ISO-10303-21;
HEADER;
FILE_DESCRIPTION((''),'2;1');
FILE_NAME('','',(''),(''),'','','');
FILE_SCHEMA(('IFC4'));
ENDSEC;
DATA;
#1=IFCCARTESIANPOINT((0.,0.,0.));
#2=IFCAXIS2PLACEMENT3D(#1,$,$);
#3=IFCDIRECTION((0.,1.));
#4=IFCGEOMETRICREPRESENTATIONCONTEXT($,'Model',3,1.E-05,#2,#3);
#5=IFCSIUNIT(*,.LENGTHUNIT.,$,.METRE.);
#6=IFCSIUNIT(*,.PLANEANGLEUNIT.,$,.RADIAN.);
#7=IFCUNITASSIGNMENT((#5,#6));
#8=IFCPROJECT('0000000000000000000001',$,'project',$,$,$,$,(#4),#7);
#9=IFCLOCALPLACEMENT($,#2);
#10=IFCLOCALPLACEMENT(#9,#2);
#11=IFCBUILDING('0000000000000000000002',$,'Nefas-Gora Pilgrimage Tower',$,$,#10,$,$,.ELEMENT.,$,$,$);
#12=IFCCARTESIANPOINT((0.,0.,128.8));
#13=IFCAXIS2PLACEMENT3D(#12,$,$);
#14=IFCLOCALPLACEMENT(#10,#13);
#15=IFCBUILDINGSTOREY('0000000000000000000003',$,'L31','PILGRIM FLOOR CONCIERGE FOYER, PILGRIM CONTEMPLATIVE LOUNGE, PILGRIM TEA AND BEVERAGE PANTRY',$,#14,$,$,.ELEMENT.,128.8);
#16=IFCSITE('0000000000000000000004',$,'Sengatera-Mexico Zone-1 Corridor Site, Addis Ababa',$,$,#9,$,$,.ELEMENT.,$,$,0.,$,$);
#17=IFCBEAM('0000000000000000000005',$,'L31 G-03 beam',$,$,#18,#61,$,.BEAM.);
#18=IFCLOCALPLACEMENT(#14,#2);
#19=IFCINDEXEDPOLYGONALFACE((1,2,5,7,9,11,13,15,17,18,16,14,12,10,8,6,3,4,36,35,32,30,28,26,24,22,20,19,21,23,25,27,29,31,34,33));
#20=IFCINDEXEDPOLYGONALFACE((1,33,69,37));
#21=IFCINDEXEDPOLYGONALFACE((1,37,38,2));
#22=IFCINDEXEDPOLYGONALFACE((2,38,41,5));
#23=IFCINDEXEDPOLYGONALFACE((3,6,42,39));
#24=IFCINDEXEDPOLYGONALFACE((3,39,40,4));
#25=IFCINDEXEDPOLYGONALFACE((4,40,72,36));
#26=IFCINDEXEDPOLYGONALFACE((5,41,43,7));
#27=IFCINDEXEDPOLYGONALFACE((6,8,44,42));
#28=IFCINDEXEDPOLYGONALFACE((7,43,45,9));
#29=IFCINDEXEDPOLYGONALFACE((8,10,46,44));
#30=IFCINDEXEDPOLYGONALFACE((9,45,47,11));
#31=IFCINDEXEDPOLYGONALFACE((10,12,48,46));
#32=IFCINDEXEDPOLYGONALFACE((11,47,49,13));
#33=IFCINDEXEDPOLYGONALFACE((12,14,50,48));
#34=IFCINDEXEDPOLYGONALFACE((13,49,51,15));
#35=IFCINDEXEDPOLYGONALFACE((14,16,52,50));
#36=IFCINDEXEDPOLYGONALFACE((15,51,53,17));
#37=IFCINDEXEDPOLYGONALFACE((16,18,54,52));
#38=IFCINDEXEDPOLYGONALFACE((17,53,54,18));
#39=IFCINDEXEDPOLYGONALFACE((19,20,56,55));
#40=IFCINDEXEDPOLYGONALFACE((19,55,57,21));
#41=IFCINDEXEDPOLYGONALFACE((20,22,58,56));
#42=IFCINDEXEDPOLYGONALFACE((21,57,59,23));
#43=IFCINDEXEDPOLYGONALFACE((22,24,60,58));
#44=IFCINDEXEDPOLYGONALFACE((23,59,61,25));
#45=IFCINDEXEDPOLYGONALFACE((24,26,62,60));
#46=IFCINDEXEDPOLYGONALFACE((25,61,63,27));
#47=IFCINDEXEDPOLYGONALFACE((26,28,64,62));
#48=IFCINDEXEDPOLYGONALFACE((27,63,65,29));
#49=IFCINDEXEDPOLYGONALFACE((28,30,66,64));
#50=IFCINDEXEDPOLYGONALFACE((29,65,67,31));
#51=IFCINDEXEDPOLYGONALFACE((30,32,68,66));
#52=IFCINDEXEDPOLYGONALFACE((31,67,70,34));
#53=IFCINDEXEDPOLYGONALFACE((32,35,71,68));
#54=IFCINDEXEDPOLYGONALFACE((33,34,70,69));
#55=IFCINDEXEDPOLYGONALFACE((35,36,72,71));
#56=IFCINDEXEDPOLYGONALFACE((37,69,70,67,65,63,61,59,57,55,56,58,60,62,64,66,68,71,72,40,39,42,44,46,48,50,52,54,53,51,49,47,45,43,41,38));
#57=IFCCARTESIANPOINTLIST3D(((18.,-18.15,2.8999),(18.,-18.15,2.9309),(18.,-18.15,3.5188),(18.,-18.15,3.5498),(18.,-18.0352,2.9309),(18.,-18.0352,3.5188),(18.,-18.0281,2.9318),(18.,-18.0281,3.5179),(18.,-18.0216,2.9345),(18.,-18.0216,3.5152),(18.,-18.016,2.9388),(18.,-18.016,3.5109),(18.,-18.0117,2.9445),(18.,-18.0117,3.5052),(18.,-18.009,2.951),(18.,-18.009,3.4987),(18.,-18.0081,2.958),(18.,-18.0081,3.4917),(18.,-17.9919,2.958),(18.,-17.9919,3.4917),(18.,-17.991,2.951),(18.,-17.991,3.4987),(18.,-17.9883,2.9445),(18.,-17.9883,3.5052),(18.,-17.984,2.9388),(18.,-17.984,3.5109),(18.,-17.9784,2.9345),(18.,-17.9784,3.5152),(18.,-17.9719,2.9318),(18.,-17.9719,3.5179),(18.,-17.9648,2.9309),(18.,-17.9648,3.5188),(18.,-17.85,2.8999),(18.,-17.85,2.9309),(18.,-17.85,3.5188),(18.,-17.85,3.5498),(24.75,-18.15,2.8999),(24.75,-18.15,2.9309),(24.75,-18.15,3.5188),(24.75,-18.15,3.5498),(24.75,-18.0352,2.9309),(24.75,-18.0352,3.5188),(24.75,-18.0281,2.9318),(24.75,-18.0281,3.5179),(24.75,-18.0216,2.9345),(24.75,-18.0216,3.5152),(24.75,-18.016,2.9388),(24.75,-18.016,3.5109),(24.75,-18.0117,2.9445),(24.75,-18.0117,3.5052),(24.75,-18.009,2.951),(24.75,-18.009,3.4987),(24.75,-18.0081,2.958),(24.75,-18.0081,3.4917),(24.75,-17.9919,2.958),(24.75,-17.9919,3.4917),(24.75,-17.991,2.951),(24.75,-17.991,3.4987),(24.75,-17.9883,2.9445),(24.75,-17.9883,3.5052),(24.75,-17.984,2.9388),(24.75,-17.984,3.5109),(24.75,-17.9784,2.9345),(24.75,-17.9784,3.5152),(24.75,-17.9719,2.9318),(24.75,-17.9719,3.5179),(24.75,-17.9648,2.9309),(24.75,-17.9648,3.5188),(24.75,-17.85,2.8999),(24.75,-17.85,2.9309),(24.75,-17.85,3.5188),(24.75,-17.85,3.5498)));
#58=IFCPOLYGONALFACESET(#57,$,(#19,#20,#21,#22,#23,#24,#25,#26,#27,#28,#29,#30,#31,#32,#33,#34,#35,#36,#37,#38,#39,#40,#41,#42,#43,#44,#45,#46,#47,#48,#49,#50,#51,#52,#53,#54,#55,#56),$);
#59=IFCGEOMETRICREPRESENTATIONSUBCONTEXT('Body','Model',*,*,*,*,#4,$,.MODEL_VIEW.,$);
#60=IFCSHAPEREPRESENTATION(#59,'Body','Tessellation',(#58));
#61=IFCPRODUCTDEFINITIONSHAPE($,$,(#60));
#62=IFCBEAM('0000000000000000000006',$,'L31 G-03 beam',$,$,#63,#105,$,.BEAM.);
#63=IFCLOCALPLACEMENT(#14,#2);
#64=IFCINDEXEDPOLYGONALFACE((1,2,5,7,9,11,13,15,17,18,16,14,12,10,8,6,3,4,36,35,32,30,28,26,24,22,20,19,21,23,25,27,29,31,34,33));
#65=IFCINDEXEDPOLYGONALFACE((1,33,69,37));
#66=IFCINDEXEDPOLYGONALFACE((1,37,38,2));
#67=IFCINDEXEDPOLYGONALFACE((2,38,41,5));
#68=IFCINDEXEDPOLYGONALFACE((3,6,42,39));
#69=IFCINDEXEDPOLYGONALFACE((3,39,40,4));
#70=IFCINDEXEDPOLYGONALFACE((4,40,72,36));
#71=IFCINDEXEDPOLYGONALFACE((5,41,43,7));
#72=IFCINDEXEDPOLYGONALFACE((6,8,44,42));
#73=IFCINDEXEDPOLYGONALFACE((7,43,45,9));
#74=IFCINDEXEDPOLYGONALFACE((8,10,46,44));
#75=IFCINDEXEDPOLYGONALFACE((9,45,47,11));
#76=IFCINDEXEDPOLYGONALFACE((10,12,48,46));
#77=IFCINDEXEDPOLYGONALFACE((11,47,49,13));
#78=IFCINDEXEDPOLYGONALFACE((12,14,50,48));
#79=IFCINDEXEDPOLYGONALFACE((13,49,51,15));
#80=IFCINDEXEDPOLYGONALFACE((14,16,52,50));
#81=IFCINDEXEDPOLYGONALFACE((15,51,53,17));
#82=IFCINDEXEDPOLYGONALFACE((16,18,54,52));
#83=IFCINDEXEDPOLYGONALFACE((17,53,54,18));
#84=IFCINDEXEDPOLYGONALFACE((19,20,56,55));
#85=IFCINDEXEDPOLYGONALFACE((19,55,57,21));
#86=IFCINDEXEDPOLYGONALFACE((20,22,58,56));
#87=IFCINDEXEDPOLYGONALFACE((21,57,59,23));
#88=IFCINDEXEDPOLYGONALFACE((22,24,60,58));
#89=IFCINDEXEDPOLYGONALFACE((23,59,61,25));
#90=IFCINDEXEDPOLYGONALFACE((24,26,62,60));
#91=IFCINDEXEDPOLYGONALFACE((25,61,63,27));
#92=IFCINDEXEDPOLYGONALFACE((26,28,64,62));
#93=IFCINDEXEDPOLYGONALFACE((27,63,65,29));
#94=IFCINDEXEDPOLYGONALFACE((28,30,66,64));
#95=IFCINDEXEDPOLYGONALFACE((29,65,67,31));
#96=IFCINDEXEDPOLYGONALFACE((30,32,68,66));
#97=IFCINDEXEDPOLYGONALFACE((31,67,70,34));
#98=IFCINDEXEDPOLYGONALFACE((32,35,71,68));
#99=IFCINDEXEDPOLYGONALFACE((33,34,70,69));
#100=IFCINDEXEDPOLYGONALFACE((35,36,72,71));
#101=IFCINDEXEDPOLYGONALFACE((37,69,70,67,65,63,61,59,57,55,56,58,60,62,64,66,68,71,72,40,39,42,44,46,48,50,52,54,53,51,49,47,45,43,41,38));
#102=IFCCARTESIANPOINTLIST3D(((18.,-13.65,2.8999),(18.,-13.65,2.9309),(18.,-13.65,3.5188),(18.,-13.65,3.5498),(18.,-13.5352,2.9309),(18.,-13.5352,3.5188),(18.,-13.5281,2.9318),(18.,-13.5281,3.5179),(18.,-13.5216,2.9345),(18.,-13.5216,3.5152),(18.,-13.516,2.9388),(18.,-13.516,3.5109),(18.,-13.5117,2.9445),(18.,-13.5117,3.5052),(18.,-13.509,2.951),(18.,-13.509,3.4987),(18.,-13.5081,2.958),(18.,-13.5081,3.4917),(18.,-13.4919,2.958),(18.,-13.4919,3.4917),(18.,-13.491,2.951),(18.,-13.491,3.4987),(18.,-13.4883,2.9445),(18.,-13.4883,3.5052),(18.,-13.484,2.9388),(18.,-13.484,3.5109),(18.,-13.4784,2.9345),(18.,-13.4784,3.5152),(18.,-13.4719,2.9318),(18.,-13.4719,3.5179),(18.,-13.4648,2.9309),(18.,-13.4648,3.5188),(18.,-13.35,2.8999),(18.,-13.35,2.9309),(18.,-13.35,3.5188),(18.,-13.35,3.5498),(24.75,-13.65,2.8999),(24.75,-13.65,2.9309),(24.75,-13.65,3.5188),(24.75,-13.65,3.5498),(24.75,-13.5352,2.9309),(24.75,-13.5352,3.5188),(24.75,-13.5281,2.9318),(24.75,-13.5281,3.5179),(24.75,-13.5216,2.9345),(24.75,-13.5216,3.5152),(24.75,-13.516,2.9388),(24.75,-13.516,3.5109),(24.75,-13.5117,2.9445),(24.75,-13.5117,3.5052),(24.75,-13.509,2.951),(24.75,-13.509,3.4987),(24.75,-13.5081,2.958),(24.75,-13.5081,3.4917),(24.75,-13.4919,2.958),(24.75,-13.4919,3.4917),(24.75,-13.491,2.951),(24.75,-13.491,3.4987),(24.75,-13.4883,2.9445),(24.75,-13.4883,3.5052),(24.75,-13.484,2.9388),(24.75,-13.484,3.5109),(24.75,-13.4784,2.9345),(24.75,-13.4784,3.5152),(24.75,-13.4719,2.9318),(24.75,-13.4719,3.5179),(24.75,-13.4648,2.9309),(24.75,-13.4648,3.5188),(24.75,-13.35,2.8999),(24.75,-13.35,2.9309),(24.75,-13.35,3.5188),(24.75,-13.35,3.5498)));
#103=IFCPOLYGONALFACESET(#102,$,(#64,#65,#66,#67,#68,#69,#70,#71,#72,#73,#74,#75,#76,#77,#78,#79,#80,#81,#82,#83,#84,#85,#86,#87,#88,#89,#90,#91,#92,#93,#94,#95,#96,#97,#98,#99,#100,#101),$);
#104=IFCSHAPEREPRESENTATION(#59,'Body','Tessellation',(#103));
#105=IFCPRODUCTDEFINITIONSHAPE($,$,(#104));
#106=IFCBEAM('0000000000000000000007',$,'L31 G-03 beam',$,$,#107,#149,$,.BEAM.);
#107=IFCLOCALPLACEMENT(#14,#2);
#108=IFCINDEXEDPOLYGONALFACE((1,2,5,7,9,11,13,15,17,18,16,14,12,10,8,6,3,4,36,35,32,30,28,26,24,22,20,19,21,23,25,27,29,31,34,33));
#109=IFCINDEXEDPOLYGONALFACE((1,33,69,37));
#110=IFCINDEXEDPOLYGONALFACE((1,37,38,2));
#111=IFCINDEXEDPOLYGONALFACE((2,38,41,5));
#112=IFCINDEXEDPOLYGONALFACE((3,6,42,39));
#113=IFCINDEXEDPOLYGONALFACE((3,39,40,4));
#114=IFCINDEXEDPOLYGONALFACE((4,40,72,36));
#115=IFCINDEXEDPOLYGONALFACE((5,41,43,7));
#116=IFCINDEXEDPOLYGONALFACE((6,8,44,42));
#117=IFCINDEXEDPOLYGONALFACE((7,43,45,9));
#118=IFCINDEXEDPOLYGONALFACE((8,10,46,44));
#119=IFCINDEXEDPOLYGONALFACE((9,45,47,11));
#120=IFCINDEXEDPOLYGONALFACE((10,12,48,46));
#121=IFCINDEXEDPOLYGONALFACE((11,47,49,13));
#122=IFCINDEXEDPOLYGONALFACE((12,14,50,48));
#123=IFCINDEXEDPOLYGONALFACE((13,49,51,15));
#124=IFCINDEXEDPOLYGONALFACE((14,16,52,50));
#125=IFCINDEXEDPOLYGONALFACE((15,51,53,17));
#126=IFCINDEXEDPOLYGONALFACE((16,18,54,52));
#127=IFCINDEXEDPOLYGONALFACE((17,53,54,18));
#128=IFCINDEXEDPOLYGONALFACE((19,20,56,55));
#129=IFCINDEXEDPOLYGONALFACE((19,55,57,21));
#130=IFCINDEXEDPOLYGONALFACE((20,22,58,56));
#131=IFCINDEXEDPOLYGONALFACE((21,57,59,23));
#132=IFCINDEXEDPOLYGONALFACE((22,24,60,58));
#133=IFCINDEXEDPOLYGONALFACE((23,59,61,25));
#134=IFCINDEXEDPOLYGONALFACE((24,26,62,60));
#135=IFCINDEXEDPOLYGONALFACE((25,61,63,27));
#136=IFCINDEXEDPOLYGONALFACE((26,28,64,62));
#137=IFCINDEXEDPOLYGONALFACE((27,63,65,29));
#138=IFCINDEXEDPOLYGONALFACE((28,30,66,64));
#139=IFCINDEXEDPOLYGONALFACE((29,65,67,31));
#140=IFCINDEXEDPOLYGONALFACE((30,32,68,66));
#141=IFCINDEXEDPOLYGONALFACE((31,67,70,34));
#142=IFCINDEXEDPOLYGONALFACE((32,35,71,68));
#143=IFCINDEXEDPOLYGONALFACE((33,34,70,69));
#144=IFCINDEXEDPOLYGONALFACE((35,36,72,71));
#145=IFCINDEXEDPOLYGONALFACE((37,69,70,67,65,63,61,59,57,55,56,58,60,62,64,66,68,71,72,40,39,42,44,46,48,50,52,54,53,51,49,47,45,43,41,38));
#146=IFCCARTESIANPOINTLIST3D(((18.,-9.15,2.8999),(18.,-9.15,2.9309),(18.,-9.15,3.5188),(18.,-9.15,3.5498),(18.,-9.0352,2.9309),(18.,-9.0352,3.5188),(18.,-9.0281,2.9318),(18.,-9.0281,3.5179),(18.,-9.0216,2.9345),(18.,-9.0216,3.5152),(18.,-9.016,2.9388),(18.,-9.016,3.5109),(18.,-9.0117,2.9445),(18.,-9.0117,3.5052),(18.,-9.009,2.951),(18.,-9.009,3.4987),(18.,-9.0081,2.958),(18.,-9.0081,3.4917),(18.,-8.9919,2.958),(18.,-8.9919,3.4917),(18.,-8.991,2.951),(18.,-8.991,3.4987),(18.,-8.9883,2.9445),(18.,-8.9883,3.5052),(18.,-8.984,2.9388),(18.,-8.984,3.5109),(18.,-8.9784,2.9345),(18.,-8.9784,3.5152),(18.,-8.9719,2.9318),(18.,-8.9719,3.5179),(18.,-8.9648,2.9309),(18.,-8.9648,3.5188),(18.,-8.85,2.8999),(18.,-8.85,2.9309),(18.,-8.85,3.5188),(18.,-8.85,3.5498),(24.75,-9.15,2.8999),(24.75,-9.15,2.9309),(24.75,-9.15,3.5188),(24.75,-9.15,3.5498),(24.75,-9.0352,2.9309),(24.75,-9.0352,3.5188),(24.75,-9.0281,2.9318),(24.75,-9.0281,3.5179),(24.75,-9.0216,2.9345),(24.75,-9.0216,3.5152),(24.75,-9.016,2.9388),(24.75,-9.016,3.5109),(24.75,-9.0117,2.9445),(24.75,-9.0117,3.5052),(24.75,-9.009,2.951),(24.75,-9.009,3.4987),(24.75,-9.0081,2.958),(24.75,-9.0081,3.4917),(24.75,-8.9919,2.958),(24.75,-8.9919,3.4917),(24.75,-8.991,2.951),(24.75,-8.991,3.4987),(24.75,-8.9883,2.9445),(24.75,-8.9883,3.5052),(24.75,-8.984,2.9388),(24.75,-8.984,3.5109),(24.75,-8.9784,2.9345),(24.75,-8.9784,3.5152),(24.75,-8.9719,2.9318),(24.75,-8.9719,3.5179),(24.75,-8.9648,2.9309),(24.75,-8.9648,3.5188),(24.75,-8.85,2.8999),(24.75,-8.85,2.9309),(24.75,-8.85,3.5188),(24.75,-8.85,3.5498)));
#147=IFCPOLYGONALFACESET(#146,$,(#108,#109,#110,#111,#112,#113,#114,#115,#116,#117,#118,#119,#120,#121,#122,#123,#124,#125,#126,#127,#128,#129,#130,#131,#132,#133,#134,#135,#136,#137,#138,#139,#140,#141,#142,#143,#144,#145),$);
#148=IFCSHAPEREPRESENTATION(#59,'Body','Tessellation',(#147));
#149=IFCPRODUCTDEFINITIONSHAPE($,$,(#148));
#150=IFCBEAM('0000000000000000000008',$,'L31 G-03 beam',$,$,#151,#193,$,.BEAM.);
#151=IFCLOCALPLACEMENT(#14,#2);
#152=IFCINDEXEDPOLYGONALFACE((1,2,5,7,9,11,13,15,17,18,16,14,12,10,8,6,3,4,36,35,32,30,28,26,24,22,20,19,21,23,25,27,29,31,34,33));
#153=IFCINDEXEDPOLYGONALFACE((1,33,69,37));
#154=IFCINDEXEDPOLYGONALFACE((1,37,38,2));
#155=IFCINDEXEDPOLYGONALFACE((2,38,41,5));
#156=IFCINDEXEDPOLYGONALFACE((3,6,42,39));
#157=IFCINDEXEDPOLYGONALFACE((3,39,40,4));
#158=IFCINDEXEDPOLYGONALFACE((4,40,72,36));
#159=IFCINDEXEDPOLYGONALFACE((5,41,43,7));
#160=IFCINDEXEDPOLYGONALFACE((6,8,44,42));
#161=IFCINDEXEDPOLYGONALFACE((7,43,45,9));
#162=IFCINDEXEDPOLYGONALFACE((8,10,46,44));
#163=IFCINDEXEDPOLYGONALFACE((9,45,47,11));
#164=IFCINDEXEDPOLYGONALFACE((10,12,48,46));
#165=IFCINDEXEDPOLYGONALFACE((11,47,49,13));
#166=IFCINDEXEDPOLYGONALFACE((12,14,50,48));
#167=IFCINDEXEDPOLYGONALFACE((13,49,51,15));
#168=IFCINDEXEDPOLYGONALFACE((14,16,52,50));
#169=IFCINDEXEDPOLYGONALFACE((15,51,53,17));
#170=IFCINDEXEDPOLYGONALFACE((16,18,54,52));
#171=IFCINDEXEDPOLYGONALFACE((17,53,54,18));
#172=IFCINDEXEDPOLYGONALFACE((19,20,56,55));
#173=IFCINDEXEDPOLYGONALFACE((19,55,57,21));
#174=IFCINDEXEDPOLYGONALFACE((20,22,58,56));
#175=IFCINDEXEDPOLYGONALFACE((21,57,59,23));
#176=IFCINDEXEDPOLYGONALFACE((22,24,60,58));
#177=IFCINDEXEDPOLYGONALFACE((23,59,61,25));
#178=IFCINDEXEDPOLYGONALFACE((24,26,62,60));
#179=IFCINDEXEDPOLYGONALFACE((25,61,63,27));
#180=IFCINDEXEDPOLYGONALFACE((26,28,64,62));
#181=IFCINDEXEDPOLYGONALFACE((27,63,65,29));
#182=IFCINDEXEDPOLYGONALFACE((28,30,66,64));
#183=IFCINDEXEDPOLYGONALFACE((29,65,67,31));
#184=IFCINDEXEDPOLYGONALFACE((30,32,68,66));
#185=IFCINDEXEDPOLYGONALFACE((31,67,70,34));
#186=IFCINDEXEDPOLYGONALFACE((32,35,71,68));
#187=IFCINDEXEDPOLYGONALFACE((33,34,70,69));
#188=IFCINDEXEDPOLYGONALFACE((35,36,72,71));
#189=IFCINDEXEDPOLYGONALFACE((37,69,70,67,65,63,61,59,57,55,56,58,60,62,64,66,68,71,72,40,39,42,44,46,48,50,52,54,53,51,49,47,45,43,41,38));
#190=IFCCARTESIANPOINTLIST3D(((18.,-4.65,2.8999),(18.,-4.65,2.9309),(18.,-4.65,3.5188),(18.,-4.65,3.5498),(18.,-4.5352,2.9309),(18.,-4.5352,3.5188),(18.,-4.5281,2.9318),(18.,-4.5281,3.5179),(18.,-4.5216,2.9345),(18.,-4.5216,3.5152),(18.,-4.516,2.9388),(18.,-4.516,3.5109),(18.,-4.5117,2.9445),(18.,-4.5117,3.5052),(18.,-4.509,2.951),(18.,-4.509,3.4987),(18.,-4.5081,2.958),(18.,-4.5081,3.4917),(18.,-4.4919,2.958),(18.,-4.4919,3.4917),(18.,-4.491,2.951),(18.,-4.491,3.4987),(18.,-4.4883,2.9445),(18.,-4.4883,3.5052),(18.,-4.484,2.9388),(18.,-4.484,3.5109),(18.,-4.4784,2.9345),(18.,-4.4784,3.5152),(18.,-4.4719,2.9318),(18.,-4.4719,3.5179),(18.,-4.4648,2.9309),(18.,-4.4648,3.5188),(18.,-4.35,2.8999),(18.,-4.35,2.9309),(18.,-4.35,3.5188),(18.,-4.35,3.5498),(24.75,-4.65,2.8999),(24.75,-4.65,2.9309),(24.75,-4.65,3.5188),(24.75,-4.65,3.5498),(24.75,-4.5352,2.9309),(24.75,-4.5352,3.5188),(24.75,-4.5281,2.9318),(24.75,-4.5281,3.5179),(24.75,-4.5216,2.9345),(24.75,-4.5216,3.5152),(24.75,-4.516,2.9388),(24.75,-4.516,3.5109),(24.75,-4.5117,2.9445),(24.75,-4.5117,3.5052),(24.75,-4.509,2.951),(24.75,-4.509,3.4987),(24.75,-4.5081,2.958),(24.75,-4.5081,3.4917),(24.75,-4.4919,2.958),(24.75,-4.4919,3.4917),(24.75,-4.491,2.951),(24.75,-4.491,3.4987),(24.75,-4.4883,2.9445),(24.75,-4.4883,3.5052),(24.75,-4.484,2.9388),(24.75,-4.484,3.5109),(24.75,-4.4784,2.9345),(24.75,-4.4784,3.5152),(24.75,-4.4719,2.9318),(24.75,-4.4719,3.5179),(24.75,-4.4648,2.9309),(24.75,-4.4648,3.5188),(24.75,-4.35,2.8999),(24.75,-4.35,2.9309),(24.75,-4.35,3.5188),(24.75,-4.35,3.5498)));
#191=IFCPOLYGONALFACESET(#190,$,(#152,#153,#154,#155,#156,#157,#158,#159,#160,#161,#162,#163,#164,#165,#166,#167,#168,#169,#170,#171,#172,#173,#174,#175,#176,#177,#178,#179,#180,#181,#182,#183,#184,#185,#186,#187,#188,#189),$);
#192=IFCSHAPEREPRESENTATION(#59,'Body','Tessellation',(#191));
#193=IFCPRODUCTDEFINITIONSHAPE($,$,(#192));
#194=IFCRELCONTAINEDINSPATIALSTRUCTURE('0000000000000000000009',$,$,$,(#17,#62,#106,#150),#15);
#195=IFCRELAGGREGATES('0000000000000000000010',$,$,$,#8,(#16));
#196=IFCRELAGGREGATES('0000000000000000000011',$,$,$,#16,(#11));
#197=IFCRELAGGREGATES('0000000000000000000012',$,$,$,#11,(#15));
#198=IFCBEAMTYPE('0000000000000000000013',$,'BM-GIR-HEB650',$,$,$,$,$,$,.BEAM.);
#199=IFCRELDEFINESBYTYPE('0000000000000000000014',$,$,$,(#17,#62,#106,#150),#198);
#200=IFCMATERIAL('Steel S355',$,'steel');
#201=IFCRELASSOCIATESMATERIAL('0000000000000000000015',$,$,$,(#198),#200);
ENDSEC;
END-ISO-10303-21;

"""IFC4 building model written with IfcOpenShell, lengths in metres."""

from ifc_helpers import new_model, si_unit, direction, frame, origin, origin_2d, place, context, subcontext, project, spatial, i_section, extrude, source, transform, mapped, material, material_profile, profile_set, type_object, element, save


model = new_model("IFC4")

# Units and contexts
model_context = context("Model", 3, precision=1e-05, world=origin(), true_north=direction((0.0, 1.0)))
body_context = subcontext(model_context, "Body", "Model", "MODEL_VIEW")
ifc_project = project(units=[si_unit("LENGTHUNIT", "METRE"), si_unit("PLANEANGLEUNIT", "RADIAN")], contexts=[model_context])

# Site, building, storey
site_placement = place(None, origin())
site = spatial("IfcSite", under=ifc_project, at=site_placement, Name="Sengatera-Mexico Zone-1 Corridor Site, Addis Ababa", CompositionType="ELEMENT", RefElevation=0.0)
building_placement = place(site_placement, origin())
building = spatial("IfcBuilding", under=site, at=building_placement, Name="Nefas-Gora Pilgrimage Tower", CompositionType="ELEMENT")
storey_placement = place(building_placement, frame((0.0, 0.0, 128.8)))
storey = spatial("IfcBuildingStorey", under=building, at=storey_placement, Name="L31", Description="PILGRIM FLOOR CONCIERGE FOYER, PILGRIM CONTEMPLATIVE LOUNGE, PILGRIM TEA AND BEVERAGE PANTRY", CompositionType="ELEMENT", Elevation=128.8)

# Beams
ifc_material_1 = material(Name="Steel S355", Category="steel")
ifc_material_profile_1 = material_profile(ifc_material_1, i_section(OverallWidth=0.3, OverallDepth=0.6499, WebThickness=0.0161, FlangeThickness=0.031, FilletRadius=0.0271, at=origin_2d()), Name="HEB 650")
ifc_profile_set_1 = profile_set([ifc_material_profile_1], Name="Steel S355")
beam_type_1 = type_object("IfcBeamType", Name="BM-GIR-HEB650", PredefinedType="BEAM", material=ifc_profile_set_1)
shared_shape_1 = source(origin(), body_context, "Body", "SweptSolid", [
    extrude(i_section(OverallWidth=0.3, OverallDepth=0.6499, WebThickness=0.0161, FlangeThickness=0.031, FilletRadius=0.0271, at=origin_2d()), origin(), (0.0, 0.0, 1.0), 6.75),
])
for number, where, z_axis, x_axis, name in (
    (1, (18.0, -18.0, 3.2249), (1.0, 0.0, 0.0), (0.0, 1.0, 0.0), "L31 G-03 beam"),
    (2, (18.0, -13.5, 3.2249), (1.0, 0.0, 0.0), (0.0, 1.0, 0.0), "L31 G-03 beam"),
    (3, (18.0, -9.0, 3.2249), (1.0, 0.0, 0.0), (0.0, 1.0, 0.0), "L31 G-03 beam"),
    (4, (18.0, -4.5, 3.2249), (1.0, 0.0, 0.0), (0.0, 1.0, 0.0), "L31 G-03 beam"),
):
    element("IfcBeam", number, at=place(storey_placement, frame(where, z_axis=z_axis, x_axis=x_axis)), inside=storey, type_object=beam_type_1, Name=name, PredefinedType="BEAM", context=body_context, shape_type="MappedRepresentation", body=[
        mapped(shared_shape_1, transform((0.0, 0.0, 0.0), x_axis=(1.0, 0.0, 0.0), y_axis=(0.0, 1.0, 0.0), z_axis=(0.0, 0.0, 1.0), scale=1.0)),
    ])

save(model, "model.ifc")
